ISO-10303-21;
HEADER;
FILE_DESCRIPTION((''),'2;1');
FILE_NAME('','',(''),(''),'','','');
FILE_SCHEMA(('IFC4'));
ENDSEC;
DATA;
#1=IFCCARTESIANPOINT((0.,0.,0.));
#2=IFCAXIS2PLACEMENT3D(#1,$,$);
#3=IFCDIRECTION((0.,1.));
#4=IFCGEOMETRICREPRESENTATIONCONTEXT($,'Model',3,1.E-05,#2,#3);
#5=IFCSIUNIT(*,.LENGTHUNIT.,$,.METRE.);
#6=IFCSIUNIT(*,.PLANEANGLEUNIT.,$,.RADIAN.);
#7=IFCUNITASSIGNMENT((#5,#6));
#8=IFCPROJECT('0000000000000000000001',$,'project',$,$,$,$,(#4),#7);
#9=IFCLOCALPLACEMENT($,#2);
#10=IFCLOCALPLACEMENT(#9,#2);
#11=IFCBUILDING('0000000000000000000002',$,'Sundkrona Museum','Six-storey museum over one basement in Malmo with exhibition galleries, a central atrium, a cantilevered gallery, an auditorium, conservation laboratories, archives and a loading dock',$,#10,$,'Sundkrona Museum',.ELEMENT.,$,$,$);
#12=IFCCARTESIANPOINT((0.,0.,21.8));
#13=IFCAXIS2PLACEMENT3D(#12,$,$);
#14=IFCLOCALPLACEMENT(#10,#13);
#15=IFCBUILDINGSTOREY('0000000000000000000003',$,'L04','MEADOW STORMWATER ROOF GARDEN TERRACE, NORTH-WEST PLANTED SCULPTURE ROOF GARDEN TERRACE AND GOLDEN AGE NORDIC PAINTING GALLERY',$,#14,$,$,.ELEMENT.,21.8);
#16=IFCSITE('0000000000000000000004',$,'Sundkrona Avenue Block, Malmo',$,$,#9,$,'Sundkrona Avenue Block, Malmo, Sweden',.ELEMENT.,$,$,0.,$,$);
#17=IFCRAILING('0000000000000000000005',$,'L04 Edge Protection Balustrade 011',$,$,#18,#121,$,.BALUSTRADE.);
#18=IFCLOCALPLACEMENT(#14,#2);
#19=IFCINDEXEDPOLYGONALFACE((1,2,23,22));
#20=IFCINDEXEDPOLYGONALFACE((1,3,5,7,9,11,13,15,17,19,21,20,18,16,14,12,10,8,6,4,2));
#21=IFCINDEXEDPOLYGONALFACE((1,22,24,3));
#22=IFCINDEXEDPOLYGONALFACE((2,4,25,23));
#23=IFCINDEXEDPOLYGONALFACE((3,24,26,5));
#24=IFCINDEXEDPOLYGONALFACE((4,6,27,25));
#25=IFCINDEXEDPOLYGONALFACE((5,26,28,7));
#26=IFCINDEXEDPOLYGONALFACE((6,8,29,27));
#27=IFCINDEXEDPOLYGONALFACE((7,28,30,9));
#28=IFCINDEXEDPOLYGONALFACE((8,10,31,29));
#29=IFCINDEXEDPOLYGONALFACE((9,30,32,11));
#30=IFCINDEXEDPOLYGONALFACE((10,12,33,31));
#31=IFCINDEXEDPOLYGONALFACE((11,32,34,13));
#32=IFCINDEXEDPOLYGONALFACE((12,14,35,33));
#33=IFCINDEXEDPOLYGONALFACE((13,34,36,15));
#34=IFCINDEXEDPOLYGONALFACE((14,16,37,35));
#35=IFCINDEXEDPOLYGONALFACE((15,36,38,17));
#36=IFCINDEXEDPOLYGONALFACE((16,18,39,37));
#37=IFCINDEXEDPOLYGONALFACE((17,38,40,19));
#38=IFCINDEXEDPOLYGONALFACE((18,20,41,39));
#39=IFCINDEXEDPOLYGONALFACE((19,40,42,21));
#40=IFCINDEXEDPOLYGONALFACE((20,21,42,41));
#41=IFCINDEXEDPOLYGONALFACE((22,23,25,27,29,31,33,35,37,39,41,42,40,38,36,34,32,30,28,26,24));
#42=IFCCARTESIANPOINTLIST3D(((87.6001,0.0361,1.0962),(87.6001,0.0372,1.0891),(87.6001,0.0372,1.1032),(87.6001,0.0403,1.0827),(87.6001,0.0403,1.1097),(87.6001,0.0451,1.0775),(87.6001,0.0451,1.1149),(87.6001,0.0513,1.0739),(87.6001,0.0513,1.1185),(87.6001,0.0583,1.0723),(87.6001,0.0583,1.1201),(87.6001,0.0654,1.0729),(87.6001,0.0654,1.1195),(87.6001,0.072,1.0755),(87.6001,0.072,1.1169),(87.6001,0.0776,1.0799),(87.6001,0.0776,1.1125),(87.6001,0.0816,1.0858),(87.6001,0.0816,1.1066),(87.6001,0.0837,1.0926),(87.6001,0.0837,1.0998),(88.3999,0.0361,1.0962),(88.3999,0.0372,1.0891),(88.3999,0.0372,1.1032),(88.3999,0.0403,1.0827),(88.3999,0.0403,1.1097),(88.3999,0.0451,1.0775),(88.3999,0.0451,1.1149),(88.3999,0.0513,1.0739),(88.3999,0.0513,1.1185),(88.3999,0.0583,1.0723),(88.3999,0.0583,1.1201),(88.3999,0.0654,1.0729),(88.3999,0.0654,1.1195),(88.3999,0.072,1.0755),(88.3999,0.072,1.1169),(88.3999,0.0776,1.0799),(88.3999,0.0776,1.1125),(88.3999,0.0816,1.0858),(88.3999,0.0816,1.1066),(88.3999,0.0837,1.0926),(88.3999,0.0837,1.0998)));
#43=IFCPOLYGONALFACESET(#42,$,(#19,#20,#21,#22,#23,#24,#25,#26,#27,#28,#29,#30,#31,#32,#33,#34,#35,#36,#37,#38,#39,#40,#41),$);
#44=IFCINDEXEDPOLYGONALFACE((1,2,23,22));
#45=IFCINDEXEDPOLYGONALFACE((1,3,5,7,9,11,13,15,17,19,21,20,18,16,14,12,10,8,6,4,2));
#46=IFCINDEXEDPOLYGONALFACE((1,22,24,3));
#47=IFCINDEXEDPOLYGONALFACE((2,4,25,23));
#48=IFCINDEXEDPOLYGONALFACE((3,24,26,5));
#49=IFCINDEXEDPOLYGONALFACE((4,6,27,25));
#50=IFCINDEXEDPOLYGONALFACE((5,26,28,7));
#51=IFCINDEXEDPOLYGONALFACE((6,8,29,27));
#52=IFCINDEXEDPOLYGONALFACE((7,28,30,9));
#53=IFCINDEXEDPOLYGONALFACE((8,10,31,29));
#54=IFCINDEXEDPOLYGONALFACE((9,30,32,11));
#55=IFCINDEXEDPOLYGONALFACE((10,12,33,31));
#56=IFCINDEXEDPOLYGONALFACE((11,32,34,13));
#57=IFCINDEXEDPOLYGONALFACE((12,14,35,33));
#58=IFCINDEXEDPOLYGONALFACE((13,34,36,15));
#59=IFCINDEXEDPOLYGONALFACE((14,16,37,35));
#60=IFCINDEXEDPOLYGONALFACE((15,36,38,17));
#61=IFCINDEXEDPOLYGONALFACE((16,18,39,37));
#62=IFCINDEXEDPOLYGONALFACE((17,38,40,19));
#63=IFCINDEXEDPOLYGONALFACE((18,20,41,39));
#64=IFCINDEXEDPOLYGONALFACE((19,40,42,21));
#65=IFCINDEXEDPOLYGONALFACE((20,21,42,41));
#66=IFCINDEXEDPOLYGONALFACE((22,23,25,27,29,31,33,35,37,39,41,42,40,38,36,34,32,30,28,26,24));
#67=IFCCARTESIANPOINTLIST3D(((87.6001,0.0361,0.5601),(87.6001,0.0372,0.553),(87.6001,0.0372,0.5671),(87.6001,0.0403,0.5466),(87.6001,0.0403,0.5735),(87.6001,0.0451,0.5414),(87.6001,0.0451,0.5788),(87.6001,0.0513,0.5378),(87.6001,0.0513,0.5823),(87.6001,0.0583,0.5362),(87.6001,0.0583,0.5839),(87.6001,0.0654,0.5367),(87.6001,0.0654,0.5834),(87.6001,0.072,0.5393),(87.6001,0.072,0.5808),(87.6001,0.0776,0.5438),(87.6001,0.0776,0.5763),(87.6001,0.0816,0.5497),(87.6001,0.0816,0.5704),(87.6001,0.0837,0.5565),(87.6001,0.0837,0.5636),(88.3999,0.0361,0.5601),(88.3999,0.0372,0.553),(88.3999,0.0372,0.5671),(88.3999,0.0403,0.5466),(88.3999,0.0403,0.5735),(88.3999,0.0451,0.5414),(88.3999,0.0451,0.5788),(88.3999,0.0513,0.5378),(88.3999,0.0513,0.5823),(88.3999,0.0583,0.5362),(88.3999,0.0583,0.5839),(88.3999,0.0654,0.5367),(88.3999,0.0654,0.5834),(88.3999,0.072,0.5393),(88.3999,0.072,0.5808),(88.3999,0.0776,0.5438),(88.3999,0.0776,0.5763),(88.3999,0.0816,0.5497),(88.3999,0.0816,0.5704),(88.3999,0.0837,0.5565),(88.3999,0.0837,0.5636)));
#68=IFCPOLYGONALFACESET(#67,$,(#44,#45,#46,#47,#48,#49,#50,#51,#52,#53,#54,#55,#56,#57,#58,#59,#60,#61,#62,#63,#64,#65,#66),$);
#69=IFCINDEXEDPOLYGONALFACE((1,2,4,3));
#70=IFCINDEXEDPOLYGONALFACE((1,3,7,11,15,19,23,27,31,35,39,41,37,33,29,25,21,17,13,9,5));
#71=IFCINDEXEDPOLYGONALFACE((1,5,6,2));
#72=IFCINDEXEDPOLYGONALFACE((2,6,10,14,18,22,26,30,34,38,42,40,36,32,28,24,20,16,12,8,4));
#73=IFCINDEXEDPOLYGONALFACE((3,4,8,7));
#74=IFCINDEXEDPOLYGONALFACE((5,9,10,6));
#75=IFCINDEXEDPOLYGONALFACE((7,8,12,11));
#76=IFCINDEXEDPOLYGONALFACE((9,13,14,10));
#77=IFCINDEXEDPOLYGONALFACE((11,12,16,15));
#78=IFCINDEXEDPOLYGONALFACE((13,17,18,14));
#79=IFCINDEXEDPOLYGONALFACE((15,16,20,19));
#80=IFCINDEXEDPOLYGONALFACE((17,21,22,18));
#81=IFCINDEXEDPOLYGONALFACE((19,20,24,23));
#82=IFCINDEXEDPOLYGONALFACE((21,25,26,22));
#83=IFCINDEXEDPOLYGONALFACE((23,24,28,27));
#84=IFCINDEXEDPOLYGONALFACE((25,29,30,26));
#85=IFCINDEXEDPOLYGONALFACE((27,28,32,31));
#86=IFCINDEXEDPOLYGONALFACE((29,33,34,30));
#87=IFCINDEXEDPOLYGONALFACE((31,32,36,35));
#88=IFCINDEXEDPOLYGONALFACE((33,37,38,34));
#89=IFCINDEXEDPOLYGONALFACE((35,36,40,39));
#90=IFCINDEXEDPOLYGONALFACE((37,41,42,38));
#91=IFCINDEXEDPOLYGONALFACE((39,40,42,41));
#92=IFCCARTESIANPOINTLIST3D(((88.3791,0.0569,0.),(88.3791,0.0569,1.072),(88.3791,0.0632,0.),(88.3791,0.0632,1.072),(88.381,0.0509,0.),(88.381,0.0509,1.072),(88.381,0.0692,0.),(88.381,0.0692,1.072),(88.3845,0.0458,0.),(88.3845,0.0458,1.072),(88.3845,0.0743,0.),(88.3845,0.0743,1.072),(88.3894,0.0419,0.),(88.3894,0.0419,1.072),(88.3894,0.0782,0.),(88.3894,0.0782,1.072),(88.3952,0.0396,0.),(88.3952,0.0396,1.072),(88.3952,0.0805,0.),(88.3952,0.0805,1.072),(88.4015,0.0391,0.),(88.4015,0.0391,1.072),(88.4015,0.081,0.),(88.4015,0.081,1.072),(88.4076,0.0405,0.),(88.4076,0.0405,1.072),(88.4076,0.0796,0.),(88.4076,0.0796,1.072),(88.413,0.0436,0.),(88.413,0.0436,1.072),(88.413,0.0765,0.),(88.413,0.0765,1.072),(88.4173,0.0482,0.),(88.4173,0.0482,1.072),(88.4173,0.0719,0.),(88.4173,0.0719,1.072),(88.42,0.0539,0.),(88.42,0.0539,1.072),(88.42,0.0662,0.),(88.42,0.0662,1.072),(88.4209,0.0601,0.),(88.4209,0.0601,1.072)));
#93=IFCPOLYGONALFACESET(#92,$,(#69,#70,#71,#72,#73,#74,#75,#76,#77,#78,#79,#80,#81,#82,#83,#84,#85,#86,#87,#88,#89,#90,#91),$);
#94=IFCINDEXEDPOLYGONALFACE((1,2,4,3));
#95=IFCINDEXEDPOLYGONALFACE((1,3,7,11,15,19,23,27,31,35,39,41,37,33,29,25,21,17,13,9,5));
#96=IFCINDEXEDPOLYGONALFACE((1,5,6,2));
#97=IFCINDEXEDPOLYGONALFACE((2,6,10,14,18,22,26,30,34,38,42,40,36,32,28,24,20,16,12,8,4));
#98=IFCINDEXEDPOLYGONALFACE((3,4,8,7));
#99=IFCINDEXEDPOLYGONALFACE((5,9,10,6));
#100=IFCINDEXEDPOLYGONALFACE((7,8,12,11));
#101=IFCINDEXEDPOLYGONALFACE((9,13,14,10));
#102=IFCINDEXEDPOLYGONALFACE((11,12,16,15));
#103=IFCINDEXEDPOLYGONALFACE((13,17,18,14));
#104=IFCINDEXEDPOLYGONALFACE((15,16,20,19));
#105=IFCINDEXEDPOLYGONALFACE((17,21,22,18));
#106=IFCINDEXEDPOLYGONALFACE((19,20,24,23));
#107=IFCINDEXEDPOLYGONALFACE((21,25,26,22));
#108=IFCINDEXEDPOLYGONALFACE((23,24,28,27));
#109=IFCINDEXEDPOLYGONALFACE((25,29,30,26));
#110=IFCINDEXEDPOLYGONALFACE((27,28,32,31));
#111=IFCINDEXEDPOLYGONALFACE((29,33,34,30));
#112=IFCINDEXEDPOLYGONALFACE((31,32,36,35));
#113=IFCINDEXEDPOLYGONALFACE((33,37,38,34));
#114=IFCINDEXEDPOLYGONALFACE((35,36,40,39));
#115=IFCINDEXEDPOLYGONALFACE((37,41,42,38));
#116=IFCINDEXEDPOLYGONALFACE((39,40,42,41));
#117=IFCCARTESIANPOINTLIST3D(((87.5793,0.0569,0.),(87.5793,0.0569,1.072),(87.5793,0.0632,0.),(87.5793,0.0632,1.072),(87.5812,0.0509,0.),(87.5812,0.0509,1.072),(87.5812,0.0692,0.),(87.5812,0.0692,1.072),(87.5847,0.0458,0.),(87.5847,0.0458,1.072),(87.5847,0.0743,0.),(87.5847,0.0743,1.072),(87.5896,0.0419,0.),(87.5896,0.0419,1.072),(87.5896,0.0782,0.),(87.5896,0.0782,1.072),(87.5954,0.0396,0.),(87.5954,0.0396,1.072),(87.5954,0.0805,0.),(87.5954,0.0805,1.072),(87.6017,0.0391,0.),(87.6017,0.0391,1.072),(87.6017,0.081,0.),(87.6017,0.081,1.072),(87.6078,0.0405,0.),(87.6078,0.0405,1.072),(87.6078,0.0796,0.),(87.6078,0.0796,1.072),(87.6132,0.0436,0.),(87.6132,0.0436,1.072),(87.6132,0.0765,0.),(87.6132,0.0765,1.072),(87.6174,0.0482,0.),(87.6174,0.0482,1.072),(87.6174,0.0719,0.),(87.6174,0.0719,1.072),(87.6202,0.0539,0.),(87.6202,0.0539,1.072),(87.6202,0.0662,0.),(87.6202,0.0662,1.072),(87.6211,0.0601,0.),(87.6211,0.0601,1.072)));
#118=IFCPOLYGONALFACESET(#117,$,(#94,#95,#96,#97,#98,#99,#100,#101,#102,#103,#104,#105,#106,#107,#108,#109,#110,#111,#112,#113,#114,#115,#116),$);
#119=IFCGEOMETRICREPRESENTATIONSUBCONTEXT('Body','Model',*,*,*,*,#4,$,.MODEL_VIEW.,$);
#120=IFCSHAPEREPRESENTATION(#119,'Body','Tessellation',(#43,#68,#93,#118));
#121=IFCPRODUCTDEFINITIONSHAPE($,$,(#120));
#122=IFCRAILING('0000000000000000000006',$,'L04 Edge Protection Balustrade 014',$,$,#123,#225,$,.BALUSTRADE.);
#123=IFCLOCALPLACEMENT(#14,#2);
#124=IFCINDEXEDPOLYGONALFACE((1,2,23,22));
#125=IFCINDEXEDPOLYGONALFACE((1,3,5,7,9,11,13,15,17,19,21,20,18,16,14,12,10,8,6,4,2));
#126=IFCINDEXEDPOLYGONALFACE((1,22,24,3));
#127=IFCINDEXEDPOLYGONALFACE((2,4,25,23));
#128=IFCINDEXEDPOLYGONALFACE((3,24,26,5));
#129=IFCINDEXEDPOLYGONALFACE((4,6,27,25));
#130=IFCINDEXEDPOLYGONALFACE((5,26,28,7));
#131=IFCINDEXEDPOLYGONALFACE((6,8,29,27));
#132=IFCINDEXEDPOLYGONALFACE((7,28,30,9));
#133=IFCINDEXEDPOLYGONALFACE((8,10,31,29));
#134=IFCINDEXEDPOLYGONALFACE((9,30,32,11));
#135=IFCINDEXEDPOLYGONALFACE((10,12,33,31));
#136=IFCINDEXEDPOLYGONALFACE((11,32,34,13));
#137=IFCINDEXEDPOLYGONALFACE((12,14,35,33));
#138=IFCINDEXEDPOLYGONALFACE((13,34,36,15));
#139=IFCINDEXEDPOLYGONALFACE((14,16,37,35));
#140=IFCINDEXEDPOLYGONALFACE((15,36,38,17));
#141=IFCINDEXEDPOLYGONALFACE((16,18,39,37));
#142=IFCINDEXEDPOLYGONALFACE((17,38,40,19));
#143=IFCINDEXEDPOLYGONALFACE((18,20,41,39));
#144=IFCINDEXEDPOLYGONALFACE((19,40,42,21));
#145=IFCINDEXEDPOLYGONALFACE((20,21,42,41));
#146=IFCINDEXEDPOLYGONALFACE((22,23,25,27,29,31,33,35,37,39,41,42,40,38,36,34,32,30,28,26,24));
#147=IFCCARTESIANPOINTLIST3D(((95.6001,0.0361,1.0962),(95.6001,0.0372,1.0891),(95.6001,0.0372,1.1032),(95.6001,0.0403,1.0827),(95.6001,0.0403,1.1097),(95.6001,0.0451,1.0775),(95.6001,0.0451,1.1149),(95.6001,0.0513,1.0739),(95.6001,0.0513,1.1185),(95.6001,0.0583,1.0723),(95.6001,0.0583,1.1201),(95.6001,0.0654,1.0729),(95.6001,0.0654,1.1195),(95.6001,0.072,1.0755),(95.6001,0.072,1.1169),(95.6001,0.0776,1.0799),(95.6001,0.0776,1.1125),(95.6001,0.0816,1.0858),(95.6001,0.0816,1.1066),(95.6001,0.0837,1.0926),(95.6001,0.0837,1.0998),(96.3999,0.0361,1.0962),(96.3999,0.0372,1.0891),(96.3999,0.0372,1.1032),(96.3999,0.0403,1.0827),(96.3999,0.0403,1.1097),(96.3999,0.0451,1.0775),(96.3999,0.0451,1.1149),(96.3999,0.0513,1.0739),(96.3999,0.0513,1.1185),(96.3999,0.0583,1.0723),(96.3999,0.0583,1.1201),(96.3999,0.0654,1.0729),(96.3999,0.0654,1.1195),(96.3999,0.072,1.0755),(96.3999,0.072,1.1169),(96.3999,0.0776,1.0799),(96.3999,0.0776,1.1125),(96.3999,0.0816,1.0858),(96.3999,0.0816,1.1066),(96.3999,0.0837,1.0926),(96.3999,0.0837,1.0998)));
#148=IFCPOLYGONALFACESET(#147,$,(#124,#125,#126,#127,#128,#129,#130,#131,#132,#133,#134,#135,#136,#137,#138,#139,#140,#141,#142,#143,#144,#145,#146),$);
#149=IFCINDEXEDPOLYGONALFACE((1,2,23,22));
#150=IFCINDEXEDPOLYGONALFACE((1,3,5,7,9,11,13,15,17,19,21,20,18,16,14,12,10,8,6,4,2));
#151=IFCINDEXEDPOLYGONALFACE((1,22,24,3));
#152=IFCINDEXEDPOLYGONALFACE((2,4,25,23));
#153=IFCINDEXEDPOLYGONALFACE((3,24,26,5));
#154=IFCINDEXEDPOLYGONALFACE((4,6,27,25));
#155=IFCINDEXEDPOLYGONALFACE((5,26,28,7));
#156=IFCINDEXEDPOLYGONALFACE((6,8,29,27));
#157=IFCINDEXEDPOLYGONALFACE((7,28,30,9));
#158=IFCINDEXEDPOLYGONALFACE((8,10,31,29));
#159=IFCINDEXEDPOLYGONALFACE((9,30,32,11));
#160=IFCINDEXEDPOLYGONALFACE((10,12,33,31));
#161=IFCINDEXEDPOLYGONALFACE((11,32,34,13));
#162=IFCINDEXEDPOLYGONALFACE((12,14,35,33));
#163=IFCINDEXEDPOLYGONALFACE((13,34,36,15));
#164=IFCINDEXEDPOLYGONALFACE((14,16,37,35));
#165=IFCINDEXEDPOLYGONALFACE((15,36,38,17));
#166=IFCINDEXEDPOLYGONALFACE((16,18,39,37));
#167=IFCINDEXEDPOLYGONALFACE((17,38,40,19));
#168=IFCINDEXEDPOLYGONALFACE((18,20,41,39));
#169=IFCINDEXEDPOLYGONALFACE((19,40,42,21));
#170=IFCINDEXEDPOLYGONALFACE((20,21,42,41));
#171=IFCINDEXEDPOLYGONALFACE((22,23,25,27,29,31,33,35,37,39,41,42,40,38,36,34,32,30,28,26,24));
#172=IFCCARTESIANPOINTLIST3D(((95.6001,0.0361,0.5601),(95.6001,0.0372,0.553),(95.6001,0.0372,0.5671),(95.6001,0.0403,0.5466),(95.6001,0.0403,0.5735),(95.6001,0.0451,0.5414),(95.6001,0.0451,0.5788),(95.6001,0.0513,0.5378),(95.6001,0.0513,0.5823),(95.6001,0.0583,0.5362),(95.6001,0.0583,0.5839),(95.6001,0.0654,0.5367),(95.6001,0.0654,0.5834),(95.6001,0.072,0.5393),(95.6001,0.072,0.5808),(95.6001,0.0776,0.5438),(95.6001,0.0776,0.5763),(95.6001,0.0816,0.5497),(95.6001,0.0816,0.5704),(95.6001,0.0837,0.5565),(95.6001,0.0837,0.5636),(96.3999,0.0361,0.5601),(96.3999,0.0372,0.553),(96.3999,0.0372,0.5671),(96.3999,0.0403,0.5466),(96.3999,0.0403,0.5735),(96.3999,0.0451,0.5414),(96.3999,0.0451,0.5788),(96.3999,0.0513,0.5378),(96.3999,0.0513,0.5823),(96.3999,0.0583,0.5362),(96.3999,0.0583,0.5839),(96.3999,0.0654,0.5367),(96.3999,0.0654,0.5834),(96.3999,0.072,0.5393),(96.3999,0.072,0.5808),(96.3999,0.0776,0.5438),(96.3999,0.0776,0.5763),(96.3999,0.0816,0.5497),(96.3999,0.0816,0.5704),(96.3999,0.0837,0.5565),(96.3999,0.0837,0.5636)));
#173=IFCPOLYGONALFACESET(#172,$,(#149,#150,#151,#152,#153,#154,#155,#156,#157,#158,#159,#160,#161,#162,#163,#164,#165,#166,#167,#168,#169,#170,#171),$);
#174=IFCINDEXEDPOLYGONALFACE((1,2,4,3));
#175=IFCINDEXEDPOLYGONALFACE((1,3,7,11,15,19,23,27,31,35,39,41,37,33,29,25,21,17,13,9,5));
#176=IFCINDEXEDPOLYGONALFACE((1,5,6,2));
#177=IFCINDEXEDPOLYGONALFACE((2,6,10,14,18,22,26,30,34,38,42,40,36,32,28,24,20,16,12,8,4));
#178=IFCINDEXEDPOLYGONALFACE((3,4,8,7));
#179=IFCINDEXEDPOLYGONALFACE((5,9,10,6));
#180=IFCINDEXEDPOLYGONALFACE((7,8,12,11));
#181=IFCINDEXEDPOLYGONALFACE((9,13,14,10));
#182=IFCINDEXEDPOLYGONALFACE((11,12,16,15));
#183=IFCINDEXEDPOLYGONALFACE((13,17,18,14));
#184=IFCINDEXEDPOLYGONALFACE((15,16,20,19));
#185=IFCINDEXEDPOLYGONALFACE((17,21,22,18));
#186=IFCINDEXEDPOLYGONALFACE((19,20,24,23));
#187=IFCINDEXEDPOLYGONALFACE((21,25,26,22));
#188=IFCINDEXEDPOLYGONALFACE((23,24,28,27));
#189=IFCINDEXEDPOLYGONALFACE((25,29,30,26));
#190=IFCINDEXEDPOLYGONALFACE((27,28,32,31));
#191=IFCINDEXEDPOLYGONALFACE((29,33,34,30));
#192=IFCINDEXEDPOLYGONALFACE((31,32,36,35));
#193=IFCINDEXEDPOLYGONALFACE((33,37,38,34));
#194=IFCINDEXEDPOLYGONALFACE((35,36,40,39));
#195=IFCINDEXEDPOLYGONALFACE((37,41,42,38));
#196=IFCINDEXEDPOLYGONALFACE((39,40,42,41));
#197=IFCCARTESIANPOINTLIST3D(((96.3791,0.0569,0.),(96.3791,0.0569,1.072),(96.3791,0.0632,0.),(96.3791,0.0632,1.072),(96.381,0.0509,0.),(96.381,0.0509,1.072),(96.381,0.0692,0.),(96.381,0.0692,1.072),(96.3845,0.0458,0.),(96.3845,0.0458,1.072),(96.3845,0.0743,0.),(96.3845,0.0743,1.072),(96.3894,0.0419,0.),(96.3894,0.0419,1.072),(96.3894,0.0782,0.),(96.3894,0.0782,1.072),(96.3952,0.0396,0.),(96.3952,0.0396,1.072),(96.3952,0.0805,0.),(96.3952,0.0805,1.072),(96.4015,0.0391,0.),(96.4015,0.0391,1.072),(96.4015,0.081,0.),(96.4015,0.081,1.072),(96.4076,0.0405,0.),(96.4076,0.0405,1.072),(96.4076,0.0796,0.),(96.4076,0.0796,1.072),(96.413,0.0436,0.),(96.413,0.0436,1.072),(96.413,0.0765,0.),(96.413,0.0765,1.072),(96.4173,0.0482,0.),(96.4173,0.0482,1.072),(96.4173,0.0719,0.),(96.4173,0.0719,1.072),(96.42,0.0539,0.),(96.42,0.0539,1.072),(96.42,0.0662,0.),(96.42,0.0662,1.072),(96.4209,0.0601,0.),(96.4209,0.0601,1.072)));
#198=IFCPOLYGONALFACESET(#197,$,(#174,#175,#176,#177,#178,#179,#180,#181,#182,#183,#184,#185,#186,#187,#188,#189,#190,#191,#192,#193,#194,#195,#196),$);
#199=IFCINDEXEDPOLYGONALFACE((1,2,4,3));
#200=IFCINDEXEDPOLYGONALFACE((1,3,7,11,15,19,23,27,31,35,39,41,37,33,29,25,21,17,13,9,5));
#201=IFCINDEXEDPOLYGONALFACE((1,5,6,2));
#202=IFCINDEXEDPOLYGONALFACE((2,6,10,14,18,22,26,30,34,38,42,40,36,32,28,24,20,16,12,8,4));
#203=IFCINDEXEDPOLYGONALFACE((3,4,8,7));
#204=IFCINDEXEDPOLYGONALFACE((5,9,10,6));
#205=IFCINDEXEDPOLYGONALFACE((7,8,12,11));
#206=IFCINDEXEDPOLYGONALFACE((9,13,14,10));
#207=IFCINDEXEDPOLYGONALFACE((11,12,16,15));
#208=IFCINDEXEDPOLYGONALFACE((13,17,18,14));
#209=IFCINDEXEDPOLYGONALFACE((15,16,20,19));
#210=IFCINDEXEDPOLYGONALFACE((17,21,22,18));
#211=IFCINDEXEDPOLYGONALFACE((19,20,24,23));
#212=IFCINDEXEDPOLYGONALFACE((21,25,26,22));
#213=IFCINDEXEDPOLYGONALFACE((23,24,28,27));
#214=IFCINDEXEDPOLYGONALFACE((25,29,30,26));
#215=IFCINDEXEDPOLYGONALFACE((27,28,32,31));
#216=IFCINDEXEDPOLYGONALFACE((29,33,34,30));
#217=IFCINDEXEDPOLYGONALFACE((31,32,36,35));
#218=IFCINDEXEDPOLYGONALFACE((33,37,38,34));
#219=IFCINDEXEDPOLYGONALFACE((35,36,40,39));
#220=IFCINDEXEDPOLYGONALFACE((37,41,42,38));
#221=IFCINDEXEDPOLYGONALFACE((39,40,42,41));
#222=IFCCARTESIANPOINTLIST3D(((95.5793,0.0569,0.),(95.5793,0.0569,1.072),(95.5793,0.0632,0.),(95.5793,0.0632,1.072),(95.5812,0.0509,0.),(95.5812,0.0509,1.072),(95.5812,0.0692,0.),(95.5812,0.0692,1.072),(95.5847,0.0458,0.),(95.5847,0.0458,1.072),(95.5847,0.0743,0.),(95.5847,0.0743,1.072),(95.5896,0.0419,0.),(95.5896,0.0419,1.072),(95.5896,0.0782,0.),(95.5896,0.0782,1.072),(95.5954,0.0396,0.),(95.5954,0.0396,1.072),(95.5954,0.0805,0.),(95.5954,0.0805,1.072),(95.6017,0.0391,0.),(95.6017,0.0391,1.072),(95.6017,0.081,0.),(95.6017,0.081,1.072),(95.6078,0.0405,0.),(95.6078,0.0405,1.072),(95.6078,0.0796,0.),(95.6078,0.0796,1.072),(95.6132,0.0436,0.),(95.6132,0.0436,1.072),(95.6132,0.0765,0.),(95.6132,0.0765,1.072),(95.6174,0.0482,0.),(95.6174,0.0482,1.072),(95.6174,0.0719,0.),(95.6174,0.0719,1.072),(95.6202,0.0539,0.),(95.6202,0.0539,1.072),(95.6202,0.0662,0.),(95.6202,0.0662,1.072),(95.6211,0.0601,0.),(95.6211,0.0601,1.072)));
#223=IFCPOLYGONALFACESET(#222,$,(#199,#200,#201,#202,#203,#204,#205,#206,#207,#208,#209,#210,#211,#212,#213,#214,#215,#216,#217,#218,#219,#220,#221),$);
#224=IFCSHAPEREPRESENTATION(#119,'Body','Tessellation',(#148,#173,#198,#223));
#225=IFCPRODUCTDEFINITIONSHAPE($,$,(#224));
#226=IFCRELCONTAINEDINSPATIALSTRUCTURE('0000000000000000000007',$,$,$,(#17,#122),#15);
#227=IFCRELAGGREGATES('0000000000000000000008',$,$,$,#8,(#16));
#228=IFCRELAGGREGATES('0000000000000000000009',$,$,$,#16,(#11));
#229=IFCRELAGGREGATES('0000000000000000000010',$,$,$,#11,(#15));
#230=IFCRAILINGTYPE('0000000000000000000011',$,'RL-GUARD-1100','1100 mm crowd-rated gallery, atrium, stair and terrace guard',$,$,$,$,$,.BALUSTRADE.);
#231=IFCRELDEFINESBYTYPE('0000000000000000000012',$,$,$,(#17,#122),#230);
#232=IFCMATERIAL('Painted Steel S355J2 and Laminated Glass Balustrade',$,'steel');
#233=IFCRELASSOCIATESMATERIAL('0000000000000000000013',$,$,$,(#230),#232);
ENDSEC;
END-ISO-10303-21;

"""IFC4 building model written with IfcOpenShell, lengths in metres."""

from ifc_helpers import new_model, si_unit, direction, frame, origin, origin_2d, place, context, subcontext, project, spatial, circle, extrude, material, type_object, element, save


model = new_model("IFC4")

# Units and contexts
model_context = context("Model", 3, precision=1e-05, world=origin(), true_north=direction((0.0, 1.0)))
body_context = subcontext(model_context, "Body", "Model", "MODEL_VIEW")
ifc_project = project(units=[si_unit("LENGTHUNIT", "METRE"), si_unit("PLANEANGLEUNIT", "RADIAN")], contexts=[model_context])

# Site, building, storey
site_placement = place(None, origin())
site = spatial("IfcSite", under=ifc_project, at=site_placement, Name="Sundkrona Avenue Block, Malmo", LongName="Sundkrona Avenue Block, Malmo, Sweden", CompositionType="ELEMENT", RefElevation=0.0)
building_placement = place(site_placement, origin())
building = spatial("IfcBuilding", under=site, at=building_placement, Name="Sundkrona Museum", Description="Six-storey museum over one basement in Malmo with exhibition galleries, a central atrium, a cantilevered gallery, an auditorium, conservation laboratories, archives and a loading dock", LongName="Sundkrona Museum", CompositionType="ELEMENT")
storey_placement = place(building_placement, frame((0.0, 0.0, 21.8)))
storey = spatial("IfcBuildingStorey", under=building, at=storey_placement, Name="L04", Description="MEADOW STORMWATER ROOF GARDEN TERRACE, NORTH-WEST PLANTED SCULPTURE ROOF GARDEN TERRACE AND GOLDEN AGE NORDIC PAINTING GALLERY", CompositionType="ELEMENT", Elevation=21.8)

# Railings
ifc_material_1 = material(Name="Painted Steel S355J2 and Laminated Glass Balustrade", Category="steel")
railing_type = type_object("IfcRailingType", Name="RL-GUARD-1100", Description="1100 mm crowd-rated gallery, atrium, stair and terrace guard", PredefinedType="BALUSTRADE", material=ifc_material_1)
for number, where, name in (
    (1, (88.3999, 0.0601, 0.0), "L04 Edge Protection Balustrade 011"),
    (2, (96.3999, 0.0601, 0.0), "L04 Edge Protection Balustrade 014"),
):
    element("IfcRailing", number, at=place(storey_placement, frame(where)), inside=storey, type_object=railing_type, Name=name, PredefinedType="BALUSTRADE", context=body_context, shape_type="SweptSolid", body=[
        extrude(circle(Radius=0.0239, at=origin_2d()), frame((0.0, 0.0, 1.0962), z_axis=(-1.0, 0.0, 0.0), x_axis=(0.0, -1.0, 0.0)), (0.0, 0.0, 1.0), 0.7998),
        extrude(circle(Radius=0.0239, at=origin_2d()), frame((0.0, 0.0, 0.5601), z_axis=(-1.0, 0.0, 0.0), x_axis=(0.0, -1.0, 0.0)), (0.0, 0.0, 1.0), 0.7998),
        extrude(circle(Radius=0.021, at=origin_2d()), origin(), (0.0, 0.0, 1.0), 1.072),
        extrude(circle(Radius=0.021, at=origin_2d()), frame((-0.7998, 0.0, 0.0)), (0.0, 0.0, 1.0), 1.072),
    ])

save(model, "model.ifc")
